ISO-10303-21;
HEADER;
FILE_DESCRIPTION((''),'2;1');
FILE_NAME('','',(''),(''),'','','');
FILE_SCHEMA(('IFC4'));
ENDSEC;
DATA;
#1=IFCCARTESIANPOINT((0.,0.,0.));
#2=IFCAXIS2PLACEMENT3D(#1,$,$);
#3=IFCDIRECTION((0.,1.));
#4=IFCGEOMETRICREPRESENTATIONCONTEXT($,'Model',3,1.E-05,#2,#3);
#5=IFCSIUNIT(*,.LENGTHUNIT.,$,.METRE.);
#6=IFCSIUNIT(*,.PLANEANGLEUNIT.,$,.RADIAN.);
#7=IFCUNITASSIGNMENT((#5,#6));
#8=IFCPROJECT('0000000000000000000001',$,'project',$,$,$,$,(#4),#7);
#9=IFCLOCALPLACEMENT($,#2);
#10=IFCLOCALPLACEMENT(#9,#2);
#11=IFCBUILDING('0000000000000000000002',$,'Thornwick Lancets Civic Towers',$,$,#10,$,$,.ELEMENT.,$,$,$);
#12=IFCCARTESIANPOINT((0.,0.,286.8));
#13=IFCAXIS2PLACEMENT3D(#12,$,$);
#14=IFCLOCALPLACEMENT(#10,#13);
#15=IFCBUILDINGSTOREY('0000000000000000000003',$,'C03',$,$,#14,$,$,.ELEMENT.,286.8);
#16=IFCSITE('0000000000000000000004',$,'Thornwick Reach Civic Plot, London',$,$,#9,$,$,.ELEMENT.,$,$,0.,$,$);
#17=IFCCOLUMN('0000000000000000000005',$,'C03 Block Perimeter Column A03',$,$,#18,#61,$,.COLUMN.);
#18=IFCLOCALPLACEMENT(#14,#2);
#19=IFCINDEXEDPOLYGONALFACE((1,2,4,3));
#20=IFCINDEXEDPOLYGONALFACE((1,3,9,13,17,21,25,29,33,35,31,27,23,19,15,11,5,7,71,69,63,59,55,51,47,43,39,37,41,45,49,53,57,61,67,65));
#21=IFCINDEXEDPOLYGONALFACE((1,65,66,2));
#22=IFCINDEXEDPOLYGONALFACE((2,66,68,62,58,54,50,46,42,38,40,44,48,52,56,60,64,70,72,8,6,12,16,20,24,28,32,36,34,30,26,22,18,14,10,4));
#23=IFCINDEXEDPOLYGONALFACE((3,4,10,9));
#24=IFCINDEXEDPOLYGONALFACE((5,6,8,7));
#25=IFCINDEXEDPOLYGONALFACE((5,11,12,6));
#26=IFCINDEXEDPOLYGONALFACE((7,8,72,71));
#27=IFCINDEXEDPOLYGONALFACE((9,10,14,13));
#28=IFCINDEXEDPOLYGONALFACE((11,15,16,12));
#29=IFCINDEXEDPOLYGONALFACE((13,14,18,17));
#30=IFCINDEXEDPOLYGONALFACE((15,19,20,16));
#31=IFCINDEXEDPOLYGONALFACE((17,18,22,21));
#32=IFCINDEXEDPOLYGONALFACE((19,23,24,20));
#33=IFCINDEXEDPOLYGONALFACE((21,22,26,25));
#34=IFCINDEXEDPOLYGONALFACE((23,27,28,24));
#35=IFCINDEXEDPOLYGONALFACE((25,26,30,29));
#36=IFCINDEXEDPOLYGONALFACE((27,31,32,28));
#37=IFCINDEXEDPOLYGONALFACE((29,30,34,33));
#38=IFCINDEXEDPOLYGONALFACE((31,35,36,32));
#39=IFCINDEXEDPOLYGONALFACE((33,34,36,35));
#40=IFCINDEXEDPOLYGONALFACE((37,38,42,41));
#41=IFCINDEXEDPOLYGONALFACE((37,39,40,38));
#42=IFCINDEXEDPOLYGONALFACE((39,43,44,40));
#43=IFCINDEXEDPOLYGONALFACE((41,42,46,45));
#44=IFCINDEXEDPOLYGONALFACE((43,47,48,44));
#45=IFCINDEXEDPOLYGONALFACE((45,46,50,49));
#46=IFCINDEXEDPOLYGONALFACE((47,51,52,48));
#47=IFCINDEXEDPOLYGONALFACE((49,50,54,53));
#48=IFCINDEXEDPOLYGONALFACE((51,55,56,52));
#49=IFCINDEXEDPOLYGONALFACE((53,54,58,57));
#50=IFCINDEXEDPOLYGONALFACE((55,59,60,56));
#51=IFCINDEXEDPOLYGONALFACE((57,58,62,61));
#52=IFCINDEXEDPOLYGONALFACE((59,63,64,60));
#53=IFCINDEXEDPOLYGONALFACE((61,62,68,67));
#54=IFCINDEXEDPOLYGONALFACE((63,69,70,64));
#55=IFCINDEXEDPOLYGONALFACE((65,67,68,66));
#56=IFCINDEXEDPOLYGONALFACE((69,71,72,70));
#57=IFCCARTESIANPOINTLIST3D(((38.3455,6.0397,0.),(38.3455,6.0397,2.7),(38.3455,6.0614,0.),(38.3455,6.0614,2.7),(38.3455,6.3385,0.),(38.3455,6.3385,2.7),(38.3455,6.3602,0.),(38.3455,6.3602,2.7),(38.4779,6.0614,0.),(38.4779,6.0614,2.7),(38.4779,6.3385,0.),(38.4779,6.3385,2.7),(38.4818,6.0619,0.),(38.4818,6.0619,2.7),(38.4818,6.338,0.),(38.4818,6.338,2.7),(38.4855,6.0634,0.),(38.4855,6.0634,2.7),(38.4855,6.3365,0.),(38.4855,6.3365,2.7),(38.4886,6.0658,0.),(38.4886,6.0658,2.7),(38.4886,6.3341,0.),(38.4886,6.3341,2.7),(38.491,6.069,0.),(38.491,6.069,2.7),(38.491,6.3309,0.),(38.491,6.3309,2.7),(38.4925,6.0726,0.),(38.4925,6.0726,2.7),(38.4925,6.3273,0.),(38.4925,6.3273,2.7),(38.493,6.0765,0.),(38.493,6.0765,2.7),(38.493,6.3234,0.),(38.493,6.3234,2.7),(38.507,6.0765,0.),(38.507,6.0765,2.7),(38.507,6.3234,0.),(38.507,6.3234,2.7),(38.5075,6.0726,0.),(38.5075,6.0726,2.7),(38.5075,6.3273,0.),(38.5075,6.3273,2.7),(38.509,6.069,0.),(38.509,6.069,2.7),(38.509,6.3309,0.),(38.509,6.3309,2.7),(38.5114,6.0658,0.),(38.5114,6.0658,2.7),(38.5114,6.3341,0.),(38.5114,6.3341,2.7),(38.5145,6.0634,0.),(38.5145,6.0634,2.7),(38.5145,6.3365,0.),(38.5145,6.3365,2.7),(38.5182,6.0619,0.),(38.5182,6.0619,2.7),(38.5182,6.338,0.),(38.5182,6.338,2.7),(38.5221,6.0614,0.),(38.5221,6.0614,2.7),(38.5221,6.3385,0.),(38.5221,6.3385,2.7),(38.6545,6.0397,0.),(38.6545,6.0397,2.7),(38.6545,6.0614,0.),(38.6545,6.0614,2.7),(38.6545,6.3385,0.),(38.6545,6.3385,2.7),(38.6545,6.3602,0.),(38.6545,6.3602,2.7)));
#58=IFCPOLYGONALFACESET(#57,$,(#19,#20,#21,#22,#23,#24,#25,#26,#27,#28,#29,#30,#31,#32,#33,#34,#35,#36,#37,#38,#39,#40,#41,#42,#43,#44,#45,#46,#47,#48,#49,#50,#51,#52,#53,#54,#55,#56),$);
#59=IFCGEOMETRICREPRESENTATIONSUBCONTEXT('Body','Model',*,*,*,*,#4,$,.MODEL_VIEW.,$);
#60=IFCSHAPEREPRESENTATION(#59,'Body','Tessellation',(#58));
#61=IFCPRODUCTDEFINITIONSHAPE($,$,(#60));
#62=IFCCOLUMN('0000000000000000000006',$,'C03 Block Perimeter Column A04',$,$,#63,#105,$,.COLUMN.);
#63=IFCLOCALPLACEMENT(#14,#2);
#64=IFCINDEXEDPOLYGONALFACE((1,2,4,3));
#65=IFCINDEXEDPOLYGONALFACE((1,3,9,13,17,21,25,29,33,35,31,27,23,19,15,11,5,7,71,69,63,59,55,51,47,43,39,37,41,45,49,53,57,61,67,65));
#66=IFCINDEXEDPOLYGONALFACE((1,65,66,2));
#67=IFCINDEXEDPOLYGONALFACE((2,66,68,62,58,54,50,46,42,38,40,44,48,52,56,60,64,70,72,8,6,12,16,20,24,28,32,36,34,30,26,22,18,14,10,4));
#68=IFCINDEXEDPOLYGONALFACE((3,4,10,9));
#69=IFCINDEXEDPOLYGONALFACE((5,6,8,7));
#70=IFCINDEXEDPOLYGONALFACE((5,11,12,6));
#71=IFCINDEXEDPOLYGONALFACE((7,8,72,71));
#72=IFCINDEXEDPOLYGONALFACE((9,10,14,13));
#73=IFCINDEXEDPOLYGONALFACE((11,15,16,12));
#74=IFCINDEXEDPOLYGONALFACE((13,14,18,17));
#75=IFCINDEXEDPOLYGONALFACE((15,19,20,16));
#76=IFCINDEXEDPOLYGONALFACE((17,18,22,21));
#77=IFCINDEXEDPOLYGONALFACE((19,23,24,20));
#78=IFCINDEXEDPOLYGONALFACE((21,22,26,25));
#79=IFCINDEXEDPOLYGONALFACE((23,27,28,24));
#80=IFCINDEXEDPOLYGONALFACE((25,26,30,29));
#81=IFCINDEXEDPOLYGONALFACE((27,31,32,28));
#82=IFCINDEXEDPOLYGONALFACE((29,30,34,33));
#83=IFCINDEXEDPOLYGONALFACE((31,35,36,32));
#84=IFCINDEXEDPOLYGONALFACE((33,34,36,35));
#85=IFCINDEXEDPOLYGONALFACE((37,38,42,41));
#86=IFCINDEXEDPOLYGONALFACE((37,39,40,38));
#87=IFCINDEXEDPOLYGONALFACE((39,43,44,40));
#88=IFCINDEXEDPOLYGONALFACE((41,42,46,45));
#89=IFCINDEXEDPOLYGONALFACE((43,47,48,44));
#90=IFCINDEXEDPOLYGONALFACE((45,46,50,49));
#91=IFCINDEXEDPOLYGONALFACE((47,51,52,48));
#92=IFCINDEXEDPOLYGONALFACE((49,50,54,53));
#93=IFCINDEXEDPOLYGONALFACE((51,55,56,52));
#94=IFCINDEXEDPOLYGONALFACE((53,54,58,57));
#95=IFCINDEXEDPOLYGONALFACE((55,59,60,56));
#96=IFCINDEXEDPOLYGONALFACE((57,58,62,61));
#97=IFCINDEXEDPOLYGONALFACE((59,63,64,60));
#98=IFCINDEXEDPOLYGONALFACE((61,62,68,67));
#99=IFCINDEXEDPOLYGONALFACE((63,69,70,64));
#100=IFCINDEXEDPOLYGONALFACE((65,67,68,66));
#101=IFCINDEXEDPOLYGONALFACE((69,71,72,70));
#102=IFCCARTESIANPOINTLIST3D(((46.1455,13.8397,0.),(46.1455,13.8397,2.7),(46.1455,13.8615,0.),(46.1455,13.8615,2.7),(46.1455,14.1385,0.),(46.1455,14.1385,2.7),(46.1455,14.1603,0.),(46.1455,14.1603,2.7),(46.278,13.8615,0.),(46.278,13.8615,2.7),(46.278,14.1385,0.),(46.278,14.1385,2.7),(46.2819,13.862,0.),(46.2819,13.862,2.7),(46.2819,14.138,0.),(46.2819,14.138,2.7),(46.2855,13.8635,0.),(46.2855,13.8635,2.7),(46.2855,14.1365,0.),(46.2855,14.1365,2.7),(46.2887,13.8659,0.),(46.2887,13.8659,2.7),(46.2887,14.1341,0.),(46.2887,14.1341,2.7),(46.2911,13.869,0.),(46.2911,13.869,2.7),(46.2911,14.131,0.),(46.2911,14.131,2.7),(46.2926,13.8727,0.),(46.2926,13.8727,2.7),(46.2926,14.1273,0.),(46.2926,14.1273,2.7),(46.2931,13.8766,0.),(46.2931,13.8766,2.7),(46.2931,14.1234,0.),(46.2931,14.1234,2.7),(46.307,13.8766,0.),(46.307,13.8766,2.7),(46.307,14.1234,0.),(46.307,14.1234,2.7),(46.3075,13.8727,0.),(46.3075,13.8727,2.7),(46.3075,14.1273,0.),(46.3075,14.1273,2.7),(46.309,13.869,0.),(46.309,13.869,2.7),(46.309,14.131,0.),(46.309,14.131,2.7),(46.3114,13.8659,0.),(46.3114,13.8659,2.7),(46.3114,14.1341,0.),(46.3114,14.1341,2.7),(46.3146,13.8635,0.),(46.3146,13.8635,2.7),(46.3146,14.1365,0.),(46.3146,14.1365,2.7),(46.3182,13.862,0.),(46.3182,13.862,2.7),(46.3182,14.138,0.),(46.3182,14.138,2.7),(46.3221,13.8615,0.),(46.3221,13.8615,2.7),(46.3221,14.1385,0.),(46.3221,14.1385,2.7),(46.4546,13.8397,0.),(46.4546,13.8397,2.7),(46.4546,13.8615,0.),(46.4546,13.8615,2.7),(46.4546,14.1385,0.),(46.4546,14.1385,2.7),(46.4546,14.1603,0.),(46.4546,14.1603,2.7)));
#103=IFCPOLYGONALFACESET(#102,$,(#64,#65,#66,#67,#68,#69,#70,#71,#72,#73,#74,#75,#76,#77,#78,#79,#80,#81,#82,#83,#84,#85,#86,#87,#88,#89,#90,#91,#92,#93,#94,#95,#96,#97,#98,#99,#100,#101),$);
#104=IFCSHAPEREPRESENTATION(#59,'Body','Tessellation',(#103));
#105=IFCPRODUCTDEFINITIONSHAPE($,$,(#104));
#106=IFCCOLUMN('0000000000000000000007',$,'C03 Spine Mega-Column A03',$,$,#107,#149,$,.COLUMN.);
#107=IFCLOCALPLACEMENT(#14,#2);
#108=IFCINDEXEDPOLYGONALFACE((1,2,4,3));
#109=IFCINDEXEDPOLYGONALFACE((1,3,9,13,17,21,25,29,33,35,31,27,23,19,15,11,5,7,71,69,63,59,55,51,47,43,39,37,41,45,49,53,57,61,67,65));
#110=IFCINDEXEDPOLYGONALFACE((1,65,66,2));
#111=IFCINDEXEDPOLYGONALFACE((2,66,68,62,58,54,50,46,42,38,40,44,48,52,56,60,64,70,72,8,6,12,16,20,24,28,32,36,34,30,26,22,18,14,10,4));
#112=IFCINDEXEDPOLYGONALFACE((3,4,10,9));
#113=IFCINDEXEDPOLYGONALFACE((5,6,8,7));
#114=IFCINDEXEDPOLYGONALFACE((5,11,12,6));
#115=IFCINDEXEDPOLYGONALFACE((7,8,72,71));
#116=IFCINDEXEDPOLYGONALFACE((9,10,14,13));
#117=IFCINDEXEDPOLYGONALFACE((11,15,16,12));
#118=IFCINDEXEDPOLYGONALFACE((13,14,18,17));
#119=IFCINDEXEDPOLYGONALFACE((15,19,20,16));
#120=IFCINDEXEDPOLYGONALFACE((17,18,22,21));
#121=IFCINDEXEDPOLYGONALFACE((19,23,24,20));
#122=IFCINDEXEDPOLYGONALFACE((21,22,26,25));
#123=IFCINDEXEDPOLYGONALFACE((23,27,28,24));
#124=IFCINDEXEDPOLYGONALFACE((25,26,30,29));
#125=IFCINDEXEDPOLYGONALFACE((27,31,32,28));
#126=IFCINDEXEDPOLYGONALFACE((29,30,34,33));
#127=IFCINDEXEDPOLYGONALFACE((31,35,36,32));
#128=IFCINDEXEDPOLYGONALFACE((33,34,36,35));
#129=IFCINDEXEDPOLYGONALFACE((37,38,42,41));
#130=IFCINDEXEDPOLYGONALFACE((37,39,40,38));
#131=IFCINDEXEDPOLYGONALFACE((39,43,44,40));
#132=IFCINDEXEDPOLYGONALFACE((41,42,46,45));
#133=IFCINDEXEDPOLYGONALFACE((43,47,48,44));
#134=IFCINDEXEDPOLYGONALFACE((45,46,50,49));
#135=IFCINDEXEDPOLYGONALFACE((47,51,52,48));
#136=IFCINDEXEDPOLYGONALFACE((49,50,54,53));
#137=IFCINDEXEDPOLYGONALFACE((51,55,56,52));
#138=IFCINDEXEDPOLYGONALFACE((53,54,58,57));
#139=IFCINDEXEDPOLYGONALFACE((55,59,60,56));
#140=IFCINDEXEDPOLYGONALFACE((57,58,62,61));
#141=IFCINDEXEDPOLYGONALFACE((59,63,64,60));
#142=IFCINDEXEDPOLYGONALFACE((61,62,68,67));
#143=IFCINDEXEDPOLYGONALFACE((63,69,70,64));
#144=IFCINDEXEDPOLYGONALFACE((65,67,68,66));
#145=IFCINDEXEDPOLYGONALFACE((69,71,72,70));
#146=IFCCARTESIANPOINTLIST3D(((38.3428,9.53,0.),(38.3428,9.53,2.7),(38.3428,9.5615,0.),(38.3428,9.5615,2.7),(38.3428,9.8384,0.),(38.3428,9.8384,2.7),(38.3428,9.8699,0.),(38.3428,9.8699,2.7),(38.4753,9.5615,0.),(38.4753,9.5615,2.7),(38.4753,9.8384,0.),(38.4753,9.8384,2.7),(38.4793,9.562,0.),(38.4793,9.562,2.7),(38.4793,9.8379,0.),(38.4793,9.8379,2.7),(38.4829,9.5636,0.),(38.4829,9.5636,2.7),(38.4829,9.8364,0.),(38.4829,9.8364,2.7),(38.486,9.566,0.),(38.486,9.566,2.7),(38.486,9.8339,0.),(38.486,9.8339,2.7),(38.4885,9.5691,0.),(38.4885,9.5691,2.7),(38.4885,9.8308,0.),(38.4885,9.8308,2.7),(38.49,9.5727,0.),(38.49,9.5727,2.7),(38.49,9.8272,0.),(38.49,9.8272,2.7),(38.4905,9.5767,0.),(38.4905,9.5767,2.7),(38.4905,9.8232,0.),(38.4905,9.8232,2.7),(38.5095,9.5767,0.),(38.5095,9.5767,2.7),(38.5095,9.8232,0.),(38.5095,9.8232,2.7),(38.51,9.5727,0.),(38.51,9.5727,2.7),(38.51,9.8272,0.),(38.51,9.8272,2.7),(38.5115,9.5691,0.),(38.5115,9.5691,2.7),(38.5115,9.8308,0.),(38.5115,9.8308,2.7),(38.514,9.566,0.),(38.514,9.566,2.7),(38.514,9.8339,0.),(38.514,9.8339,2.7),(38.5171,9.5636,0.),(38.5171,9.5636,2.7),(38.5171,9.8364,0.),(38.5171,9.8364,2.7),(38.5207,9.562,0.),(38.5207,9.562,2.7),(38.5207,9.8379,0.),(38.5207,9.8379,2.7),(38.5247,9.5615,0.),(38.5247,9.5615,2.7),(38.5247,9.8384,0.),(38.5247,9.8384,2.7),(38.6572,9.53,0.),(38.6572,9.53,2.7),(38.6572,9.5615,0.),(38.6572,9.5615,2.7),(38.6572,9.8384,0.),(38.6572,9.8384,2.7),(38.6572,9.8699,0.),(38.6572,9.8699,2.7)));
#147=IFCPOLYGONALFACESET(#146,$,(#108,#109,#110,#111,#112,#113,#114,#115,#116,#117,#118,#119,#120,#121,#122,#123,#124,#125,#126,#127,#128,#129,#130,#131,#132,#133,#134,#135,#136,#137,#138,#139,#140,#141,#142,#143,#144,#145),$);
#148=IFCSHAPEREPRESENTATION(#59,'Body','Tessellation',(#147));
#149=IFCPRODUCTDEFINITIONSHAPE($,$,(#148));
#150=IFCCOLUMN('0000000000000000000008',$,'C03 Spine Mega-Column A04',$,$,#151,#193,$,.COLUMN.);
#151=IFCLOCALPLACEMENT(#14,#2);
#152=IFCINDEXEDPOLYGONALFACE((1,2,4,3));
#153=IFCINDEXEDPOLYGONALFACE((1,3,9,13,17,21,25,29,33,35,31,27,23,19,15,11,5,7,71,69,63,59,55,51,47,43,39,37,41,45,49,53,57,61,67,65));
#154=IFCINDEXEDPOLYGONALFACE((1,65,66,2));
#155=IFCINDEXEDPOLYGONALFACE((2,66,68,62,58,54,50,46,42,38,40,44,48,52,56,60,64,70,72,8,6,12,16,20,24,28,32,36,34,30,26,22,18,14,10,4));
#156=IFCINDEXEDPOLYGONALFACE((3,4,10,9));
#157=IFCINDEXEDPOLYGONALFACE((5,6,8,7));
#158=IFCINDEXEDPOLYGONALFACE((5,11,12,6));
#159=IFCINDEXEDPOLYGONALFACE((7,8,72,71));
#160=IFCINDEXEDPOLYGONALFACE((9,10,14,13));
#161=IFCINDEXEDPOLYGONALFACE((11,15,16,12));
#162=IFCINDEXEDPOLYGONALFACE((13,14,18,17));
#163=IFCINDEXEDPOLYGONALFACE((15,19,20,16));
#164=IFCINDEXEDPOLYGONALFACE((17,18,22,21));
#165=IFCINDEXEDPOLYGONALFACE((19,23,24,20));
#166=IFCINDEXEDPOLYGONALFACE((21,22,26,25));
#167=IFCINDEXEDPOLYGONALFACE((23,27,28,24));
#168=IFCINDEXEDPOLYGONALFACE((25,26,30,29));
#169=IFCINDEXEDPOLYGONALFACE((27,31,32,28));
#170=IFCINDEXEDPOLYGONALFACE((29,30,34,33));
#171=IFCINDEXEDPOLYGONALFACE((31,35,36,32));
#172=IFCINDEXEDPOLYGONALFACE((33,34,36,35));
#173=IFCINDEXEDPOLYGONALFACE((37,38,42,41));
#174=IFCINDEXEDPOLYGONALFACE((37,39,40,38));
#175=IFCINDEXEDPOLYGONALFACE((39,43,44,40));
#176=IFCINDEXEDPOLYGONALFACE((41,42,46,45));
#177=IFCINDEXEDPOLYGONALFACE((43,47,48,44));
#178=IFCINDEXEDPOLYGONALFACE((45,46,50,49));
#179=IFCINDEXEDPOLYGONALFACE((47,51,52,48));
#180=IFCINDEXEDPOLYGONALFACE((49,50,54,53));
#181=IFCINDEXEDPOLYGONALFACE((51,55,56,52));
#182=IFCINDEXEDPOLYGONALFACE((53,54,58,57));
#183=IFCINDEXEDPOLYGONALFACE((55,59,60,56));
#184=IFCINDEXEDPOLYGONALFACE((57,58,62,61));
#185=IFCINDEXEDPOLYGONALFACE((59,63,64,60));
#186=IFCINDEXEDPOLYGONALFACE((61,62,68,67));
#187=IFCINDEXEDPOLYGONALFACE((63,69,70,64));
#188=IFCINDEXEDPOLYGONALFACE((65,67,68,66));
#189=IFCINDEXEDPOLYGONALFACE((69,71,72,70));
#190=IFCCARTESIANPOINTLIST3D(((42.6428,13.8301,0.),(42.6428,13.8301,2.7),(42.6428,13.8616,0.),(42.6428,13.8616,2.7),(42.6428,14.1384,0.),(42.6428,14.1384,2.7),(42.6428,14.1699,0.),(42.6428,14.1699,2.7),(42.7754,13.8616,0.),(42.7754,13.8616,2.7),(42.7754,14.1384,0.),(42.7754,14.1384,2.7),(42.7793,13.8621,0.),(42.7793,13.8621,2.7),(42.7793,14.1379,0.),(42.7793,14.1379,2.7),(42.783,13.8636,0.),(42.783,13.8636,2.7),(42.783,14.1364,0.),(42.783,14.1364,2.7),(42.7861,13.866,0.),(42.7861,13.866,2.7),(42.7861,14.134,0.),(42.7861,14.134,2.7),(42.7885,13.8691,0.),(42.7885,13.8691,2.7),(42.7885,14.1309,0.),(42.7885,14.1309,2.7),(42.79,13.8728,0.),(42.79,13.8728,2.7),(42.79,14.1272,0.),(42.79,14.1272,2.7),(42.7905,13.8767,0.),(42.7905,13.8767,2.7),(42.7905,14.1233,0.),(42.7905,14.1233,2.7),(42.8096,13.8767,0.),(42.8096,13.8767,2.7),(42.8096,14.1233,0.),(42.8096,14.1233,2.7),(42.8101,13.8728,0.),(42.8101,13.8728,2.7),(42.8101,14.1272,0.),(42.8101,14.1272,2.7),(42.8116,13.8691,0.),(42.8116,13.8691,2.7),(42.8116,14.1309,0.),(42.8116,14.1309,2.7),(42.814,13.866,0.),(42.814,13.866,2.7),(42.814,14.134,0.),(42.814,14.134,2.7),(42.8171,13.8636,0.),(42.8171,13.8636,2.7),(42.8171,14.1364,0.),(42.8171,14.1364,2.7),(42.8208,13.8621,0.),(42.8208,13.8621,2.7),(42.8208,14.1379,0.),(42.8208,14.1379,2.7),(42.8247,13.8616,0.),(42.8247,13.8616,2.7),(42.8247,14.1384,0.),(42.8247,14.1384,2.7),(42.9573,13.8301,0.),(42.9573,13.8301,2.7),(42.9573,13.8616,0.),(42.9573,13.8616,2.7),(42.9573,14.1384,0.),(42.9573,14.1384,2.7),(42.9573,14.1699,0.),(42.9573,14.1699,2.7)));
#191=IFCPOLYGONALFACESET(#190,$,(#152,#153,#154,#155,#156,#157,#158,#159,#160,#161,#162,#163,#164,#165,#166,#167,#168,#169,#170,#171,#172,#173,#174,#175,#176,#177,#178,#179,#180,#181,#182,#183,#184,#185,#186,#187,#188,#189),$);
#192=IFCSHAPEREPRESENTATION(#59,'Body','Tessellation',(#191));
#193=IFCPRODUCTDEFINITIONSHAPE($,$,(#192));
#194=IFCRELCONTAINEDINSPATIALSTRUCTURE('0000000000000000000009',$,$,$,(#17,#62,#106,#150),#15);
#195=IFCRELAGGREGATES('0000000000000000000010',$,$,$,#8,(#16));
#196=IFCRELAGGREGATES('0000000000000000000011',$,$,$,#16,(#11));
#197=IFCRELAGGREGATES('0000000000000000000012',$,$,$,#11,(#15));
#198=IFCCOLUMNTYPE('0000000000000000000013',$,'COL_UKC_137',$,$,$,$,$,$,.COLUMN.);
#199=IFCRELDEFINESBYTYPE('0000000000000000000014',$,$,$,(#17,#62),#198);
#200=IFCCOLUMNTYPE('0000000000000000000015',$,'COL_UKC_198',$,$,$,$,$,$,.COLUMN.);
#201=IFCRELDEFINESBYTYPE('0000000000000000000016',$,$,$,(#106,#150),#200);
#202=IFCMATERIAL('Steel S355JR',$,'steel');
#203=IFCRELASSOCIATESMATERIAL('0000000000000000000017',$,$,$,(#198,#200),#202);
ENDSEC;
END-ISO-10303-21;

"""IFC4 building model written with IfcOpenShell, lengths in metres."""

from ifc_helpers import new_model, si_unit, direction, frame, origin, origin_2d, place, context, subcontext, project, spatial, i_section, extrude, material, material_profile, profile_set, type_object, element, save


model = new_model("IFC4")

# Units and contexts
model_context = context("Model", 3, precision=1e-05, world=origin(), true_north=direction((0.0, 1.0)))
body_context = subcontext(model_context, "Body", "Model", "MODEL_VIEW")
ifc_project = project(units=[si_unit("LENGTHUNIT", "METRE"), si_unit("PLANEANGLEUNIT", "RADIAN")], contexts=[model_context])

# Site, building, storey
site_placement = place(None, origin())
site = spatial("IfcSite", under=ifc_project, at=site_placement, Name="Thornwick Reach Civic Plot, London", CompositionType="ELEMENT", RefElevation=0.0)
building_placement = place(site_placement, origin())
building = spatial("IfcBuilding", under=site, at=building_placement, Name="Thornwick Lancets Civic Towers", CompositionType="ELEMENT")
storey_placement = place(building_placement, frame((0.0, 0.0, 286.8)))
storey = spatial("IfcBuildingStorey", under=building, at=storey_placement, Name="C03", CompositionType="ELEMENT", Elevation=286.8)

# Columns
ifc_material_1 = material(Name="Steel S355JR", Category="steel")
ifc_material_profile_1 = material_profile(ifc_material_1, i_section(OverallWidth=0.3091, OverallDepth=0.3206, WebThickness=0.0139, FlangeThickness=0.0217, FilletRadius=0.0151, at=origin_2d()), Name="UKC 305x305x137")
ifc_profile_set_1 = profile_set([ifc_material_profile_1], Name="Steel S355JR")
column_type_1 = type_object("IfcColumnType", Name="COL_UKC_137", PredefinedType="COLUMN", material=ifc_profile_set_1)
for number, where, z_axis, x_axis, name in (
    (1, (38.5, 6.2, 0.0), (0.0, 0.0, 1.0), (1.0, 0.0, 0.0), "C03 Block Perimeter Column A03"),
    (2, (46.3, 14.0, 0.0), (0.0, 0.0, 1.0), (1.0, 0.0, 0.0), "C03 Block Perimeter Column A04"),
):
    element("IfcColumn", number, at=place(storey_placement, frame(where, z_axis=z_axis, x_axis=x_axis)), inside=storey, type_object=column_type_1, Name=name, PredefinedType="COLUMN", context=body_context, shape_type="SweptSolid", body=[
        extrude(i_section(OverallWidth=0.3091, OverallDepth=0.3206, WebThickness=0.0139, FlangeThickness=0.0217, FilletRadius=0.0151, at=origin_2d()), origin(), (0.0, 0.0, 1.0), 2.7),
    ])
ifc_material_profile_2 = material_profile(ifc_material_1, i_section(OverallWidth=0.3145, OverallDepth=0.3398, WebThickness=0.019, FlangeThickness=0.0315, FilletRadius=0.0151, at=origin_2d()), Name="UKC 305x305x198")
ifc_profile_set_2 = profile_set([ifc_material_profile_2], Name="Steel S355JR")
column_type_2 = type_object("IfcColumnType", Name="COL_UKC_198", PredefinedType="COLUMN", material=ifc_profile_set_2)
for number, where, z_axis, x_axis, name in (
    (3, (38.5, 9.7, 0.0), (0.0, 0.0, 1.0), (1.0, 0.0, 0.0), "C03 Spine Mega-Column A03"),
    (4, (42.8, 14.0, 0.0), (0.0, 0.0, 1.0), (1.0, 0.0, 0.0), "C03 Spine Mega-Column A04"),
):
    element("IfcColumn", number, at=place(storey_placement, frame(where, z_axis=z_axis, x_axis=x_axis)), inside=storey, type_object=column_type_2, Name=name, PredefinedType="COLUMN", context=body_context, shape_type="SweptSolid", body=[
        extrude(i_section(OverallWidth=0.3145, OverallDepth=0.3398, WebThickness=0.019, FlangeThickness=0.0315, FilletRadius=0.0151, at=origin_2d()), origin(), (0.0, 0.0, 1.0), 2.7),
    ])

save(model, "model.ifc")
